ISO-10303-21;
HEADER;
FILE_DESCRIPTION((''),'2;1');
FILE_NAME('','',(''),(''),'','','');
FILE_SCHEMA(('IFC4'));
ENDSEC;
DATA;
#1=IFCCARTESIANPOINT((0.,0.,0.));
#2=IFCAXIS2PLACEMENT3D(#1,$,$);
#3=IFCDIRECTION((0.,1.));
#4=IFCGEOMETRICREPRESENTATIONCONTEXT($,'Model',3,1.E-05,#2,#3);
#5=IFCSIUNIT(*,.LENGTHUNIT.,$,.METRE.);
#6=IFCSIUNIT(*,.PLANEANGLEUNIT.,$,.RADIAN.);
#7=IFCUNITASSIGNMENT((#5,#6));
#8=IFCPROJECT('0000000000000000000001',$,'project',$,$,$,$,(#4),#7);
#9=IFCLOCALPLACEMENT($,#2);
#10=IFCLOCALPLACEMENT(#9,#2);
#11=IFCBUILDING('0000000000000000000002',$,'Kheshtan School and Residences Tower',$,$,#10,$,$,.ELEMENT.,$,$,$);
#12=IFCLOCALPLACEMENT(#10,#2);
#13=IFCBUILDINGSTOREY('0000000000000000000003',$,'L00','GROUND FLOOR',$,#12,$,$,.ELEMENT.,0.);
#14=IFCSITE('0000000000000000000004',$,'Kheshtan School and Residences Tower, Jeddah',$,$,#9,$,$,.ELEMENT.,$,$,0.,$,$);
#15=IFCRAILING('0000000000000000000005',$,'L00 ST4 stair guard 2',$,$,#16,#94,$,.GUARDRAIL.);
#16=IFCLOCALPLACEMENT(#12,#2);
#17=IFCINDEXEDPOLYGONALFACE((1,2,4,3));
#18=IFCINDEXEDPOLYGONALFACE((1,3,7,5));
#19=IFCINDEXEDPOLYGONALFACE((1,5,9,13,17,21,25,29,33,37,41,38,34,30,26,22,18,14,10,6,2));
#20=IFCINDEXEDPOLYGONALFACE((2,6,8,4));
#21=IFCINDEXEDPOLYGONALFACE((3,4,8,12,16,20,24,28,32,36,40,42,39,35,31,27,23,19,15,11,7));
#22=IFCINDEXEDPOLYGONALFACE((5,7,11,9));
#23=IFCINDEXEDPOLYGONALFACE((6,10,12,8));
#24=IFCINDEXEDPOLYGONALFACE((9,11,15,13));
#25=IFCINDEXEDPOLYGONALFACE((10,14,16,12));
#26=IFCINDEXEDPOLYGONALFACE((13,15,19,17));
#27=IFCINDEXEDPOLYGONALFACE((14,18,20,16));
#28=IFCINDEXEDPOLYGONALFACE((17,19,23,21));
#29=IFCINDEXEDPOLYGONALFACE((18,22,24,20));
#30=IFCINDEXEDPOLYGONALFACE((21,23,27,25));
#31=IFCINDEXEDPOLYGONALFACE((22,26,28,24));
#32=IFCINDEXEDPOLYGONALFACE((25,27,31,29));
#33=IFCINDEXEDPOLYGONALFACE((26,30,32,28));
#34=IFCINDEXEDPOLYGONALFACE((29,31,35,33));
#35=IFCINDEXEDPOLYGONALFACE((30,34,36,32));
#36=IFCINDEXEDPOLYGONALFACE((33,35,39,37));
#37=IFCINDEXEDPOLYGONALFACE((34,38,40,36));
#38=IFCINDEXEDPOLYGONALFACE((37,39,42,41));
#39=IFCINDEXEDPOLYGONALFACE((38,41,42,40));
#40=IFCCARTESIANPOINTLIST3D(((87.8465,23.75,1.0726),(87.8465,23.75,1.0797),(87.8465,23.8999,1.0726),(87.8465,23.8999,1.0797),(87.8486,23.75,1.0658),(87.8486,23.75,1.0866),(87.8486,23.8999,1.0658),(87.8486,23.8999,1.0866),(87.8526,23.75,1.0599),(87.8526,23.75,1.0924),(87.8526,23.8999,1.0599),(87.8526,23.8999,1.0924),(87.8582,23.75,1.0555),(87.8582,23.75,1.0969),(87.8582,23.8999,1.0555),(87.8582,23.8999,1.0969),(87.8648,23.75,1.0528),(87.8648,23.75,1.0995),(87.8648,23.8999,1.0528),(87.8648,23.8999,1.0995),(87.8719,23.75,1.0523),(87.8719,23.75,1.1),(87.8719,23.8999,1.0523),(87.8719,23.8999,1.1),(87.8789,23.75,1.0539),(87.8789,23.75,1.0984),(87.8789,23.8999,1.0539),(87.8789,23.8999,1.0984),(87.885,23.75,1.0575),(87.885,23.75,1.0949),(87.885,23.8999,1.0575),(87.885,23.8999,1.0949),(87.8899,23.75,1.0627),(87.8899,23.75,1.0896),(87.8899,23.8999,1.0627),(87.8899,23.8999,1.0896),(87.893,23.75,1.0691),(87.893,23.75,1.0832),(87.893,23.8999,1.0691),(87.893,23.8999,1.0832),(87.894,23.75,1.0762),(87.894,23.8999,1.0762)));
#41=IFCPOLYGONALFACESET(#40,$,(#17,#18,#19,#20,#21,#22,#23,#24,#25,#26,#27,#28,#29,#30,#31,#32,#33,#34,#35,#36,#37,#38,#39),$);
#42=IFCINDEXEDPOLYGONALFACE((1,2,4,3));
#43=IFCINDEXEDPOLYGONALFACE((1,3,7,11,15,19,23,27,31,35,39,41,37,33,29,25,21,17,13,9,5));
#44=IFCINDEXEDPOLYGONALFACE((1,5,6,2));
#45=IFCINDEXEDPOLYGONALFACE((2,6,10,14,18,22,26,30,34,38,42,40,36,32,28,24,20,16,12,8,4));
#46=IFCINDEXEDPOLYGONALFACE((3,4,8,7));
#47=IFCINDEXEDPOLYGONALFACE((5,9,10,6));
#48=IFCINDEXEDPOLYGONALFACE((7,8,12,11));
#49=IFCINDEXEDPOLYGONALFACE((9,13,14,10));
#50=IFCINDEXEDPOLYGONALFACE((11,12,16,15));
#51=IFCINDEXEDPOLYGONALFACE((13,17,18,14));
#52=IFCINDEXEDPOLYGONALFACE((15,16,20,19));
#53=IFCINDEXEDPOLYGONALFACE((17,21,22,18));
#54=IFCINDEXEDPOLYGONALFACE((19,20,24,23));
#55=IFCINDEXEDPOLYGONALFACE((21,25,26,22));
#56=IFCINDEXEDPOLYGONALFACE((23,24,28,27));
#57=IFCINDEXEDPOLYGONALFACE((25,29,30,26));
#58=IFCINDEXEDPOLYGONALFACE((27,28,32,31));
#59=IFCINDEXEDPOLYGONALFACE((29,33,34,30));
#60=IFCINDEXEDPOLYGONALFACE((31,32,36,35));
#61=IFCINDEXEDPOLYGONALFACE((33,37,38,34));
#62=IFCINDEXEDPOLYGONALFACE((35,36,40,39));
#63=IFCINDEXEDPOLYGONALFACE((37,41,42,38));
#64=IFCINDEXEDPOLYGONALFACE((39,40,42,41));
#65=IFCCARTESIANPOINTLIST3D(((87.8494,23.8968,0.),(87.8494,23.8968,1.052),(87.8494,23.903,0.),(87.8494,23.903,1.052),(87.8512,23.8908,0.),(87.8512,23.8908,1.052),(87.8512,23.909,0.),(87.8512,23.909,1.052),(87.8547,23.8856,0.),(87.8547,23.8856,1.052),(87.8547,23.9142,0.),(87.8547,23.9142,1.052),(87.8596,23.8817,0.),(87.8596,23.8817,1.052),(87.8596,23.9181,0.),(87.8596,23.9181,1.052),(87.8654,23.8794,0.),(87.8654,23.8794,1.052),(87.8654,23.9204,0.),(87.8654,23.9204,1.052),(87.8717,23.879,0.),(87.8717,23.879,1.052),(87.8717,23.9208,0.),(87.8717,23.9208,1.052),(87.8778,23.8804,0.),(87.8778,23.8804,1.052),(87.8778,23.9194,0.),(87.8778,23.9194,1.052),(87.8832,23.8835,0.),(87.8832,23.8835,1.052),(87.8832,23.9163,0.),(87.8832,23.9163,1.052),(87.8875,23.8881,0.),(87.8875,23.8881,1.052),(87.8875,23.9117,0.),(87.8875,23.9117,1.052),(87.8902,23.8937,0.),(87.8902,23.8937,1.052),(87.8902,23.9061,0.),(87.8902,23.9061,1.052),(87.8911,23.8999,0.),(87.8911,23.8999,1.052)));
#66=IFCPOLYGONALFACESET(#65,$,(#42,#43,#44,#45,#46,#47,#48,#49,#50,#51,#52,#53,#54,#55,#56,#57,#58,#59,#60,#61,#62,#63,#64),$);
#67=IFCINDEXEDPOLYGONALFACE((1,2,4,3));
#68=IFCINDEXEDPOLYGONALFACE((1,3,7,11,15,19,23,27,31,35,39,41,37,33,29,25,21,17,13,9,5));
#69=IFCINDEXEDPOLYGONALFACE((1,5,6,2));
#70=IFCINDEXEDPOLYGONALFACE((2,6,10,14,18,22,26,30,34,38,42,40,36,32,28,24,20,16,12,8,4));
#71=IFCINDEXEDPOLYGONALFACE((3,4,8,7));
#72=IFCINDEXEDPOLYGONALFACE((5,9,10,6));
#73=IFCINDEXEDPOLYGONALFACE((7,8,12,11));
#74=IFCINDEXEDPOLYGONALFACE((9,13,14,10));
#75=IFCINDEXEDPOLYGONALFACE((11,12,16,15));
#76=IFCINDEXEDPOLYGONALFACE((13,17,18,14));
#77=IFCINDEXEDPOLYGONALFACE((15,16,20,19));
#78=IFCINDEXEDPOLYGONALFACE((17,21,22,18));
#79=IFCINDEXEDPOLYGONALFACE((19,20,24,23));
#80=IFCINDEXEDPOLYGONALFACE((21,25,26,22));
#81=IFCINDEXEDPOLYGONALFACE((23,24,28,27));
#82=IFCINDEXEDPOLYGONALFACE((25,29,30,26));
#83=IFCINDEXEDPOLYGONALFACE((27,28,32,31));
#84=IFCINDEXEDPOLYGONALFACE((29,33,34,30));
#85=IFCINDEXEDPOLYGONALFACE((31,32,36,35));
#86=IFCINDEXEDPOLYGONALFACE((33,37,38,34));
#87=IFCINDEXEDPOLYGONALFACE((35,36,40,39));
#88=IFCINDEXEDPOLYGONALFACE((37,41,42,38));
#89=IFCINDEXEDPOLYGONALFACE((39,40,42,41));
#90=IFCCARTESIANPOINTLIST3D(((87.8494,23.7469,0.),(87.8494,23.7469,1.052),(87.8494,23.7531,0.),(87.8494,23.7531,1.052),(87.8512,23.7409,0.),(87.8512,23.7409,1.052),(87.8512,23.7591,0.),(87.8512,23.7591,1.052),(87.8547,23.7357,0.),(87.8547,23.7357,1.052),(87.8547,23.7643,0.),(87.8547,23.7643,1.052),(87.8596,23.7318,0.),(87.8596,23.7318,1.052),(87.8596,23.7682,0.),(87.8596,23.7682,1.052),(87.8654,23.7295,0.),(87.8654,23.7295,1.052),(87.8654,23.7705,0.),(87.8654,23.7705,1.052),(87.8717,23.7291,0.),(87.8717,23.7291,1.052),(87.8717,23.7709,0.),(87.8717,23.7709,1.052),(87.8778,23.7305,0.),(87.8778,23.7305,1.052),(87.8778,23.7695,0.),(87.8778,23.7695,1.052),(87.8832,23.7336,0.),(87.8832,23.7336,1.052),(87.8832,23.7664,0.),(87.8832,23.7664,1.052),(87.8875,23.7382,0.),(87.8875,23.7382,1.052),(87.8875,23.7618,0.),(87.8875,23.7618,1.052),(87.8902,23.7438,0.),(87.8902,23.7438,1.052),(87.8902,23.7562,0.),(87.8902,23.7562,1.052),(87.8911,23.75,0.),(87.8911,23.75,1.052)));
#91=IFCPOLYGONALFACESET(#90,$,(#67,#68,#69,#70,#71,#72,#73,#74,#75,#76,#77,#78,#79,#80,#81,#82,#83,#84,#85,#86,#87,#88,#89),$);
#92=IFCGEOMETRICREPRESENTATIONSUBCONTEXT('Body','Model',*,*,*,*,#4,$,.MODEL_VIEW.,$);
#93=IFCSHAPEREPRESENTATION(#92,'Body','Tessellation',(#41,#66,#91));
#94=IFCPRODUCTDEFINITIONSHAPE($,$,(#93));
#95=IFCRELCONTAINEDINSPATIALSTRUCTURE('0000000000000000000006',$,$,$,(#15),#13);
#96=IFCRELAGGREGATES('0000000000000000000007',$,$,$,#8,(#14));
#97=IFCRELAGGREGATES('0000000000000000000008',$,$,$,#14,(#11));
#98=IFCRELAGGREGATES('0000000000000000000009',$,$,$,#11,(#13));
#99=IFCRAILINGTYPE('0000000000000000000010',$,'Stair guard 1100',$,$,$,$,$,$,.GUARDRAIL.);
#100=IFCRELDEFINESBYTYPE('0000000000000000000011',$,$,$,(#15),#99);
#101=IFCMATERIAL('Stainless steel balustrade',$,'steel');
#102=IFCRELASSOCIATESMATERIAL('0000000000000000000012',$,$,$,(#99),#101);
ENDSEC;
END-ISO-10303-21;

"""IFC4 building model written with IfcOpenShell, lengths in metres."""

from ifc_helpers import new_model, si_unit, direction, frame, origin, origin_2d, place, context, subcontext, project, spatial, circle, extrude, material, type_object, element, save


model = new_model("IFC4")

# Units and contexts
model_context = context("Model", 3, precision=1e-05, world=origin(), true_north=direction((0.0, 1.0)))
body_context = subcontext(model_context, "Body", "Model", "MODEL_VIEW")
ifc_project = project(units=[si_unit("LENGTHUNIT", "METRE"), si_unit("PLANEANGLEUNIT", "RADIAN")], contexts=[model_context])

# Site, building, storey
site_placement = place(None, origin())
site = spatial("IfcSite", under=ifc_project, at=site_placement, Name="Kheshtan School and Residences Tower, Jeddah", CompositionType="ELEMENT", RefElevation=0.0)
building_placement = place(site_placement, origin())
building = spatial("IfcBuilding", under=site, at=building_placement, Name="Kheshtan School and Residences Tower", CompositionType="ELEMENT")
storey_placement = place(building_placement, origin())
storey = spatial("IfcBuildingStorey", under=building, at=storey_placement, Name="L00", Description="GROUND FLOOR", CompositionType="ELEMENT", Elevation=0.0)

# Railing
ifc_material_1 = material(Name="Stainless steel balustrade", Category="steel")
railing_type_1 = type_object("IfcRailingType", Name="Stair guard 1100", PredefinedType="GUARDRAIL", material=ifc_material_1)
railing_1_placement = place(storey_placement, frame((87.8701, 23.8999, 0.0)))
element("IfcRailing", 1, at=railing_1_placement, inside=storey, type_object=railing_type_1, Name="L00 ST4 stair guard 2", PredefinedType="GUARDRAIL", context=body_context, shape_type="SweptSolid", body=[
    extrude(circle(Radius=0.0239, at=origin_2d()), frame((0.0, 0.0, 1.0762), z_axis=(0.0, -1.0, 0.0), x_axis=(1.0, 0.0, 0.0)), (0.0, 0.0, 1.0), 0.1499),
    extrude(circle(Radius=0.021, at=origin_2d()), origin(), (0.0, 0.0, 1.0), 1.052),
    extrude(circle(Radius=0.021, at=origin_2d()), frame((0.0, -0.1499, 0.0)), (0.0, 0.0, 1.0), 1.052),
])

save(model, "model.ifc")
